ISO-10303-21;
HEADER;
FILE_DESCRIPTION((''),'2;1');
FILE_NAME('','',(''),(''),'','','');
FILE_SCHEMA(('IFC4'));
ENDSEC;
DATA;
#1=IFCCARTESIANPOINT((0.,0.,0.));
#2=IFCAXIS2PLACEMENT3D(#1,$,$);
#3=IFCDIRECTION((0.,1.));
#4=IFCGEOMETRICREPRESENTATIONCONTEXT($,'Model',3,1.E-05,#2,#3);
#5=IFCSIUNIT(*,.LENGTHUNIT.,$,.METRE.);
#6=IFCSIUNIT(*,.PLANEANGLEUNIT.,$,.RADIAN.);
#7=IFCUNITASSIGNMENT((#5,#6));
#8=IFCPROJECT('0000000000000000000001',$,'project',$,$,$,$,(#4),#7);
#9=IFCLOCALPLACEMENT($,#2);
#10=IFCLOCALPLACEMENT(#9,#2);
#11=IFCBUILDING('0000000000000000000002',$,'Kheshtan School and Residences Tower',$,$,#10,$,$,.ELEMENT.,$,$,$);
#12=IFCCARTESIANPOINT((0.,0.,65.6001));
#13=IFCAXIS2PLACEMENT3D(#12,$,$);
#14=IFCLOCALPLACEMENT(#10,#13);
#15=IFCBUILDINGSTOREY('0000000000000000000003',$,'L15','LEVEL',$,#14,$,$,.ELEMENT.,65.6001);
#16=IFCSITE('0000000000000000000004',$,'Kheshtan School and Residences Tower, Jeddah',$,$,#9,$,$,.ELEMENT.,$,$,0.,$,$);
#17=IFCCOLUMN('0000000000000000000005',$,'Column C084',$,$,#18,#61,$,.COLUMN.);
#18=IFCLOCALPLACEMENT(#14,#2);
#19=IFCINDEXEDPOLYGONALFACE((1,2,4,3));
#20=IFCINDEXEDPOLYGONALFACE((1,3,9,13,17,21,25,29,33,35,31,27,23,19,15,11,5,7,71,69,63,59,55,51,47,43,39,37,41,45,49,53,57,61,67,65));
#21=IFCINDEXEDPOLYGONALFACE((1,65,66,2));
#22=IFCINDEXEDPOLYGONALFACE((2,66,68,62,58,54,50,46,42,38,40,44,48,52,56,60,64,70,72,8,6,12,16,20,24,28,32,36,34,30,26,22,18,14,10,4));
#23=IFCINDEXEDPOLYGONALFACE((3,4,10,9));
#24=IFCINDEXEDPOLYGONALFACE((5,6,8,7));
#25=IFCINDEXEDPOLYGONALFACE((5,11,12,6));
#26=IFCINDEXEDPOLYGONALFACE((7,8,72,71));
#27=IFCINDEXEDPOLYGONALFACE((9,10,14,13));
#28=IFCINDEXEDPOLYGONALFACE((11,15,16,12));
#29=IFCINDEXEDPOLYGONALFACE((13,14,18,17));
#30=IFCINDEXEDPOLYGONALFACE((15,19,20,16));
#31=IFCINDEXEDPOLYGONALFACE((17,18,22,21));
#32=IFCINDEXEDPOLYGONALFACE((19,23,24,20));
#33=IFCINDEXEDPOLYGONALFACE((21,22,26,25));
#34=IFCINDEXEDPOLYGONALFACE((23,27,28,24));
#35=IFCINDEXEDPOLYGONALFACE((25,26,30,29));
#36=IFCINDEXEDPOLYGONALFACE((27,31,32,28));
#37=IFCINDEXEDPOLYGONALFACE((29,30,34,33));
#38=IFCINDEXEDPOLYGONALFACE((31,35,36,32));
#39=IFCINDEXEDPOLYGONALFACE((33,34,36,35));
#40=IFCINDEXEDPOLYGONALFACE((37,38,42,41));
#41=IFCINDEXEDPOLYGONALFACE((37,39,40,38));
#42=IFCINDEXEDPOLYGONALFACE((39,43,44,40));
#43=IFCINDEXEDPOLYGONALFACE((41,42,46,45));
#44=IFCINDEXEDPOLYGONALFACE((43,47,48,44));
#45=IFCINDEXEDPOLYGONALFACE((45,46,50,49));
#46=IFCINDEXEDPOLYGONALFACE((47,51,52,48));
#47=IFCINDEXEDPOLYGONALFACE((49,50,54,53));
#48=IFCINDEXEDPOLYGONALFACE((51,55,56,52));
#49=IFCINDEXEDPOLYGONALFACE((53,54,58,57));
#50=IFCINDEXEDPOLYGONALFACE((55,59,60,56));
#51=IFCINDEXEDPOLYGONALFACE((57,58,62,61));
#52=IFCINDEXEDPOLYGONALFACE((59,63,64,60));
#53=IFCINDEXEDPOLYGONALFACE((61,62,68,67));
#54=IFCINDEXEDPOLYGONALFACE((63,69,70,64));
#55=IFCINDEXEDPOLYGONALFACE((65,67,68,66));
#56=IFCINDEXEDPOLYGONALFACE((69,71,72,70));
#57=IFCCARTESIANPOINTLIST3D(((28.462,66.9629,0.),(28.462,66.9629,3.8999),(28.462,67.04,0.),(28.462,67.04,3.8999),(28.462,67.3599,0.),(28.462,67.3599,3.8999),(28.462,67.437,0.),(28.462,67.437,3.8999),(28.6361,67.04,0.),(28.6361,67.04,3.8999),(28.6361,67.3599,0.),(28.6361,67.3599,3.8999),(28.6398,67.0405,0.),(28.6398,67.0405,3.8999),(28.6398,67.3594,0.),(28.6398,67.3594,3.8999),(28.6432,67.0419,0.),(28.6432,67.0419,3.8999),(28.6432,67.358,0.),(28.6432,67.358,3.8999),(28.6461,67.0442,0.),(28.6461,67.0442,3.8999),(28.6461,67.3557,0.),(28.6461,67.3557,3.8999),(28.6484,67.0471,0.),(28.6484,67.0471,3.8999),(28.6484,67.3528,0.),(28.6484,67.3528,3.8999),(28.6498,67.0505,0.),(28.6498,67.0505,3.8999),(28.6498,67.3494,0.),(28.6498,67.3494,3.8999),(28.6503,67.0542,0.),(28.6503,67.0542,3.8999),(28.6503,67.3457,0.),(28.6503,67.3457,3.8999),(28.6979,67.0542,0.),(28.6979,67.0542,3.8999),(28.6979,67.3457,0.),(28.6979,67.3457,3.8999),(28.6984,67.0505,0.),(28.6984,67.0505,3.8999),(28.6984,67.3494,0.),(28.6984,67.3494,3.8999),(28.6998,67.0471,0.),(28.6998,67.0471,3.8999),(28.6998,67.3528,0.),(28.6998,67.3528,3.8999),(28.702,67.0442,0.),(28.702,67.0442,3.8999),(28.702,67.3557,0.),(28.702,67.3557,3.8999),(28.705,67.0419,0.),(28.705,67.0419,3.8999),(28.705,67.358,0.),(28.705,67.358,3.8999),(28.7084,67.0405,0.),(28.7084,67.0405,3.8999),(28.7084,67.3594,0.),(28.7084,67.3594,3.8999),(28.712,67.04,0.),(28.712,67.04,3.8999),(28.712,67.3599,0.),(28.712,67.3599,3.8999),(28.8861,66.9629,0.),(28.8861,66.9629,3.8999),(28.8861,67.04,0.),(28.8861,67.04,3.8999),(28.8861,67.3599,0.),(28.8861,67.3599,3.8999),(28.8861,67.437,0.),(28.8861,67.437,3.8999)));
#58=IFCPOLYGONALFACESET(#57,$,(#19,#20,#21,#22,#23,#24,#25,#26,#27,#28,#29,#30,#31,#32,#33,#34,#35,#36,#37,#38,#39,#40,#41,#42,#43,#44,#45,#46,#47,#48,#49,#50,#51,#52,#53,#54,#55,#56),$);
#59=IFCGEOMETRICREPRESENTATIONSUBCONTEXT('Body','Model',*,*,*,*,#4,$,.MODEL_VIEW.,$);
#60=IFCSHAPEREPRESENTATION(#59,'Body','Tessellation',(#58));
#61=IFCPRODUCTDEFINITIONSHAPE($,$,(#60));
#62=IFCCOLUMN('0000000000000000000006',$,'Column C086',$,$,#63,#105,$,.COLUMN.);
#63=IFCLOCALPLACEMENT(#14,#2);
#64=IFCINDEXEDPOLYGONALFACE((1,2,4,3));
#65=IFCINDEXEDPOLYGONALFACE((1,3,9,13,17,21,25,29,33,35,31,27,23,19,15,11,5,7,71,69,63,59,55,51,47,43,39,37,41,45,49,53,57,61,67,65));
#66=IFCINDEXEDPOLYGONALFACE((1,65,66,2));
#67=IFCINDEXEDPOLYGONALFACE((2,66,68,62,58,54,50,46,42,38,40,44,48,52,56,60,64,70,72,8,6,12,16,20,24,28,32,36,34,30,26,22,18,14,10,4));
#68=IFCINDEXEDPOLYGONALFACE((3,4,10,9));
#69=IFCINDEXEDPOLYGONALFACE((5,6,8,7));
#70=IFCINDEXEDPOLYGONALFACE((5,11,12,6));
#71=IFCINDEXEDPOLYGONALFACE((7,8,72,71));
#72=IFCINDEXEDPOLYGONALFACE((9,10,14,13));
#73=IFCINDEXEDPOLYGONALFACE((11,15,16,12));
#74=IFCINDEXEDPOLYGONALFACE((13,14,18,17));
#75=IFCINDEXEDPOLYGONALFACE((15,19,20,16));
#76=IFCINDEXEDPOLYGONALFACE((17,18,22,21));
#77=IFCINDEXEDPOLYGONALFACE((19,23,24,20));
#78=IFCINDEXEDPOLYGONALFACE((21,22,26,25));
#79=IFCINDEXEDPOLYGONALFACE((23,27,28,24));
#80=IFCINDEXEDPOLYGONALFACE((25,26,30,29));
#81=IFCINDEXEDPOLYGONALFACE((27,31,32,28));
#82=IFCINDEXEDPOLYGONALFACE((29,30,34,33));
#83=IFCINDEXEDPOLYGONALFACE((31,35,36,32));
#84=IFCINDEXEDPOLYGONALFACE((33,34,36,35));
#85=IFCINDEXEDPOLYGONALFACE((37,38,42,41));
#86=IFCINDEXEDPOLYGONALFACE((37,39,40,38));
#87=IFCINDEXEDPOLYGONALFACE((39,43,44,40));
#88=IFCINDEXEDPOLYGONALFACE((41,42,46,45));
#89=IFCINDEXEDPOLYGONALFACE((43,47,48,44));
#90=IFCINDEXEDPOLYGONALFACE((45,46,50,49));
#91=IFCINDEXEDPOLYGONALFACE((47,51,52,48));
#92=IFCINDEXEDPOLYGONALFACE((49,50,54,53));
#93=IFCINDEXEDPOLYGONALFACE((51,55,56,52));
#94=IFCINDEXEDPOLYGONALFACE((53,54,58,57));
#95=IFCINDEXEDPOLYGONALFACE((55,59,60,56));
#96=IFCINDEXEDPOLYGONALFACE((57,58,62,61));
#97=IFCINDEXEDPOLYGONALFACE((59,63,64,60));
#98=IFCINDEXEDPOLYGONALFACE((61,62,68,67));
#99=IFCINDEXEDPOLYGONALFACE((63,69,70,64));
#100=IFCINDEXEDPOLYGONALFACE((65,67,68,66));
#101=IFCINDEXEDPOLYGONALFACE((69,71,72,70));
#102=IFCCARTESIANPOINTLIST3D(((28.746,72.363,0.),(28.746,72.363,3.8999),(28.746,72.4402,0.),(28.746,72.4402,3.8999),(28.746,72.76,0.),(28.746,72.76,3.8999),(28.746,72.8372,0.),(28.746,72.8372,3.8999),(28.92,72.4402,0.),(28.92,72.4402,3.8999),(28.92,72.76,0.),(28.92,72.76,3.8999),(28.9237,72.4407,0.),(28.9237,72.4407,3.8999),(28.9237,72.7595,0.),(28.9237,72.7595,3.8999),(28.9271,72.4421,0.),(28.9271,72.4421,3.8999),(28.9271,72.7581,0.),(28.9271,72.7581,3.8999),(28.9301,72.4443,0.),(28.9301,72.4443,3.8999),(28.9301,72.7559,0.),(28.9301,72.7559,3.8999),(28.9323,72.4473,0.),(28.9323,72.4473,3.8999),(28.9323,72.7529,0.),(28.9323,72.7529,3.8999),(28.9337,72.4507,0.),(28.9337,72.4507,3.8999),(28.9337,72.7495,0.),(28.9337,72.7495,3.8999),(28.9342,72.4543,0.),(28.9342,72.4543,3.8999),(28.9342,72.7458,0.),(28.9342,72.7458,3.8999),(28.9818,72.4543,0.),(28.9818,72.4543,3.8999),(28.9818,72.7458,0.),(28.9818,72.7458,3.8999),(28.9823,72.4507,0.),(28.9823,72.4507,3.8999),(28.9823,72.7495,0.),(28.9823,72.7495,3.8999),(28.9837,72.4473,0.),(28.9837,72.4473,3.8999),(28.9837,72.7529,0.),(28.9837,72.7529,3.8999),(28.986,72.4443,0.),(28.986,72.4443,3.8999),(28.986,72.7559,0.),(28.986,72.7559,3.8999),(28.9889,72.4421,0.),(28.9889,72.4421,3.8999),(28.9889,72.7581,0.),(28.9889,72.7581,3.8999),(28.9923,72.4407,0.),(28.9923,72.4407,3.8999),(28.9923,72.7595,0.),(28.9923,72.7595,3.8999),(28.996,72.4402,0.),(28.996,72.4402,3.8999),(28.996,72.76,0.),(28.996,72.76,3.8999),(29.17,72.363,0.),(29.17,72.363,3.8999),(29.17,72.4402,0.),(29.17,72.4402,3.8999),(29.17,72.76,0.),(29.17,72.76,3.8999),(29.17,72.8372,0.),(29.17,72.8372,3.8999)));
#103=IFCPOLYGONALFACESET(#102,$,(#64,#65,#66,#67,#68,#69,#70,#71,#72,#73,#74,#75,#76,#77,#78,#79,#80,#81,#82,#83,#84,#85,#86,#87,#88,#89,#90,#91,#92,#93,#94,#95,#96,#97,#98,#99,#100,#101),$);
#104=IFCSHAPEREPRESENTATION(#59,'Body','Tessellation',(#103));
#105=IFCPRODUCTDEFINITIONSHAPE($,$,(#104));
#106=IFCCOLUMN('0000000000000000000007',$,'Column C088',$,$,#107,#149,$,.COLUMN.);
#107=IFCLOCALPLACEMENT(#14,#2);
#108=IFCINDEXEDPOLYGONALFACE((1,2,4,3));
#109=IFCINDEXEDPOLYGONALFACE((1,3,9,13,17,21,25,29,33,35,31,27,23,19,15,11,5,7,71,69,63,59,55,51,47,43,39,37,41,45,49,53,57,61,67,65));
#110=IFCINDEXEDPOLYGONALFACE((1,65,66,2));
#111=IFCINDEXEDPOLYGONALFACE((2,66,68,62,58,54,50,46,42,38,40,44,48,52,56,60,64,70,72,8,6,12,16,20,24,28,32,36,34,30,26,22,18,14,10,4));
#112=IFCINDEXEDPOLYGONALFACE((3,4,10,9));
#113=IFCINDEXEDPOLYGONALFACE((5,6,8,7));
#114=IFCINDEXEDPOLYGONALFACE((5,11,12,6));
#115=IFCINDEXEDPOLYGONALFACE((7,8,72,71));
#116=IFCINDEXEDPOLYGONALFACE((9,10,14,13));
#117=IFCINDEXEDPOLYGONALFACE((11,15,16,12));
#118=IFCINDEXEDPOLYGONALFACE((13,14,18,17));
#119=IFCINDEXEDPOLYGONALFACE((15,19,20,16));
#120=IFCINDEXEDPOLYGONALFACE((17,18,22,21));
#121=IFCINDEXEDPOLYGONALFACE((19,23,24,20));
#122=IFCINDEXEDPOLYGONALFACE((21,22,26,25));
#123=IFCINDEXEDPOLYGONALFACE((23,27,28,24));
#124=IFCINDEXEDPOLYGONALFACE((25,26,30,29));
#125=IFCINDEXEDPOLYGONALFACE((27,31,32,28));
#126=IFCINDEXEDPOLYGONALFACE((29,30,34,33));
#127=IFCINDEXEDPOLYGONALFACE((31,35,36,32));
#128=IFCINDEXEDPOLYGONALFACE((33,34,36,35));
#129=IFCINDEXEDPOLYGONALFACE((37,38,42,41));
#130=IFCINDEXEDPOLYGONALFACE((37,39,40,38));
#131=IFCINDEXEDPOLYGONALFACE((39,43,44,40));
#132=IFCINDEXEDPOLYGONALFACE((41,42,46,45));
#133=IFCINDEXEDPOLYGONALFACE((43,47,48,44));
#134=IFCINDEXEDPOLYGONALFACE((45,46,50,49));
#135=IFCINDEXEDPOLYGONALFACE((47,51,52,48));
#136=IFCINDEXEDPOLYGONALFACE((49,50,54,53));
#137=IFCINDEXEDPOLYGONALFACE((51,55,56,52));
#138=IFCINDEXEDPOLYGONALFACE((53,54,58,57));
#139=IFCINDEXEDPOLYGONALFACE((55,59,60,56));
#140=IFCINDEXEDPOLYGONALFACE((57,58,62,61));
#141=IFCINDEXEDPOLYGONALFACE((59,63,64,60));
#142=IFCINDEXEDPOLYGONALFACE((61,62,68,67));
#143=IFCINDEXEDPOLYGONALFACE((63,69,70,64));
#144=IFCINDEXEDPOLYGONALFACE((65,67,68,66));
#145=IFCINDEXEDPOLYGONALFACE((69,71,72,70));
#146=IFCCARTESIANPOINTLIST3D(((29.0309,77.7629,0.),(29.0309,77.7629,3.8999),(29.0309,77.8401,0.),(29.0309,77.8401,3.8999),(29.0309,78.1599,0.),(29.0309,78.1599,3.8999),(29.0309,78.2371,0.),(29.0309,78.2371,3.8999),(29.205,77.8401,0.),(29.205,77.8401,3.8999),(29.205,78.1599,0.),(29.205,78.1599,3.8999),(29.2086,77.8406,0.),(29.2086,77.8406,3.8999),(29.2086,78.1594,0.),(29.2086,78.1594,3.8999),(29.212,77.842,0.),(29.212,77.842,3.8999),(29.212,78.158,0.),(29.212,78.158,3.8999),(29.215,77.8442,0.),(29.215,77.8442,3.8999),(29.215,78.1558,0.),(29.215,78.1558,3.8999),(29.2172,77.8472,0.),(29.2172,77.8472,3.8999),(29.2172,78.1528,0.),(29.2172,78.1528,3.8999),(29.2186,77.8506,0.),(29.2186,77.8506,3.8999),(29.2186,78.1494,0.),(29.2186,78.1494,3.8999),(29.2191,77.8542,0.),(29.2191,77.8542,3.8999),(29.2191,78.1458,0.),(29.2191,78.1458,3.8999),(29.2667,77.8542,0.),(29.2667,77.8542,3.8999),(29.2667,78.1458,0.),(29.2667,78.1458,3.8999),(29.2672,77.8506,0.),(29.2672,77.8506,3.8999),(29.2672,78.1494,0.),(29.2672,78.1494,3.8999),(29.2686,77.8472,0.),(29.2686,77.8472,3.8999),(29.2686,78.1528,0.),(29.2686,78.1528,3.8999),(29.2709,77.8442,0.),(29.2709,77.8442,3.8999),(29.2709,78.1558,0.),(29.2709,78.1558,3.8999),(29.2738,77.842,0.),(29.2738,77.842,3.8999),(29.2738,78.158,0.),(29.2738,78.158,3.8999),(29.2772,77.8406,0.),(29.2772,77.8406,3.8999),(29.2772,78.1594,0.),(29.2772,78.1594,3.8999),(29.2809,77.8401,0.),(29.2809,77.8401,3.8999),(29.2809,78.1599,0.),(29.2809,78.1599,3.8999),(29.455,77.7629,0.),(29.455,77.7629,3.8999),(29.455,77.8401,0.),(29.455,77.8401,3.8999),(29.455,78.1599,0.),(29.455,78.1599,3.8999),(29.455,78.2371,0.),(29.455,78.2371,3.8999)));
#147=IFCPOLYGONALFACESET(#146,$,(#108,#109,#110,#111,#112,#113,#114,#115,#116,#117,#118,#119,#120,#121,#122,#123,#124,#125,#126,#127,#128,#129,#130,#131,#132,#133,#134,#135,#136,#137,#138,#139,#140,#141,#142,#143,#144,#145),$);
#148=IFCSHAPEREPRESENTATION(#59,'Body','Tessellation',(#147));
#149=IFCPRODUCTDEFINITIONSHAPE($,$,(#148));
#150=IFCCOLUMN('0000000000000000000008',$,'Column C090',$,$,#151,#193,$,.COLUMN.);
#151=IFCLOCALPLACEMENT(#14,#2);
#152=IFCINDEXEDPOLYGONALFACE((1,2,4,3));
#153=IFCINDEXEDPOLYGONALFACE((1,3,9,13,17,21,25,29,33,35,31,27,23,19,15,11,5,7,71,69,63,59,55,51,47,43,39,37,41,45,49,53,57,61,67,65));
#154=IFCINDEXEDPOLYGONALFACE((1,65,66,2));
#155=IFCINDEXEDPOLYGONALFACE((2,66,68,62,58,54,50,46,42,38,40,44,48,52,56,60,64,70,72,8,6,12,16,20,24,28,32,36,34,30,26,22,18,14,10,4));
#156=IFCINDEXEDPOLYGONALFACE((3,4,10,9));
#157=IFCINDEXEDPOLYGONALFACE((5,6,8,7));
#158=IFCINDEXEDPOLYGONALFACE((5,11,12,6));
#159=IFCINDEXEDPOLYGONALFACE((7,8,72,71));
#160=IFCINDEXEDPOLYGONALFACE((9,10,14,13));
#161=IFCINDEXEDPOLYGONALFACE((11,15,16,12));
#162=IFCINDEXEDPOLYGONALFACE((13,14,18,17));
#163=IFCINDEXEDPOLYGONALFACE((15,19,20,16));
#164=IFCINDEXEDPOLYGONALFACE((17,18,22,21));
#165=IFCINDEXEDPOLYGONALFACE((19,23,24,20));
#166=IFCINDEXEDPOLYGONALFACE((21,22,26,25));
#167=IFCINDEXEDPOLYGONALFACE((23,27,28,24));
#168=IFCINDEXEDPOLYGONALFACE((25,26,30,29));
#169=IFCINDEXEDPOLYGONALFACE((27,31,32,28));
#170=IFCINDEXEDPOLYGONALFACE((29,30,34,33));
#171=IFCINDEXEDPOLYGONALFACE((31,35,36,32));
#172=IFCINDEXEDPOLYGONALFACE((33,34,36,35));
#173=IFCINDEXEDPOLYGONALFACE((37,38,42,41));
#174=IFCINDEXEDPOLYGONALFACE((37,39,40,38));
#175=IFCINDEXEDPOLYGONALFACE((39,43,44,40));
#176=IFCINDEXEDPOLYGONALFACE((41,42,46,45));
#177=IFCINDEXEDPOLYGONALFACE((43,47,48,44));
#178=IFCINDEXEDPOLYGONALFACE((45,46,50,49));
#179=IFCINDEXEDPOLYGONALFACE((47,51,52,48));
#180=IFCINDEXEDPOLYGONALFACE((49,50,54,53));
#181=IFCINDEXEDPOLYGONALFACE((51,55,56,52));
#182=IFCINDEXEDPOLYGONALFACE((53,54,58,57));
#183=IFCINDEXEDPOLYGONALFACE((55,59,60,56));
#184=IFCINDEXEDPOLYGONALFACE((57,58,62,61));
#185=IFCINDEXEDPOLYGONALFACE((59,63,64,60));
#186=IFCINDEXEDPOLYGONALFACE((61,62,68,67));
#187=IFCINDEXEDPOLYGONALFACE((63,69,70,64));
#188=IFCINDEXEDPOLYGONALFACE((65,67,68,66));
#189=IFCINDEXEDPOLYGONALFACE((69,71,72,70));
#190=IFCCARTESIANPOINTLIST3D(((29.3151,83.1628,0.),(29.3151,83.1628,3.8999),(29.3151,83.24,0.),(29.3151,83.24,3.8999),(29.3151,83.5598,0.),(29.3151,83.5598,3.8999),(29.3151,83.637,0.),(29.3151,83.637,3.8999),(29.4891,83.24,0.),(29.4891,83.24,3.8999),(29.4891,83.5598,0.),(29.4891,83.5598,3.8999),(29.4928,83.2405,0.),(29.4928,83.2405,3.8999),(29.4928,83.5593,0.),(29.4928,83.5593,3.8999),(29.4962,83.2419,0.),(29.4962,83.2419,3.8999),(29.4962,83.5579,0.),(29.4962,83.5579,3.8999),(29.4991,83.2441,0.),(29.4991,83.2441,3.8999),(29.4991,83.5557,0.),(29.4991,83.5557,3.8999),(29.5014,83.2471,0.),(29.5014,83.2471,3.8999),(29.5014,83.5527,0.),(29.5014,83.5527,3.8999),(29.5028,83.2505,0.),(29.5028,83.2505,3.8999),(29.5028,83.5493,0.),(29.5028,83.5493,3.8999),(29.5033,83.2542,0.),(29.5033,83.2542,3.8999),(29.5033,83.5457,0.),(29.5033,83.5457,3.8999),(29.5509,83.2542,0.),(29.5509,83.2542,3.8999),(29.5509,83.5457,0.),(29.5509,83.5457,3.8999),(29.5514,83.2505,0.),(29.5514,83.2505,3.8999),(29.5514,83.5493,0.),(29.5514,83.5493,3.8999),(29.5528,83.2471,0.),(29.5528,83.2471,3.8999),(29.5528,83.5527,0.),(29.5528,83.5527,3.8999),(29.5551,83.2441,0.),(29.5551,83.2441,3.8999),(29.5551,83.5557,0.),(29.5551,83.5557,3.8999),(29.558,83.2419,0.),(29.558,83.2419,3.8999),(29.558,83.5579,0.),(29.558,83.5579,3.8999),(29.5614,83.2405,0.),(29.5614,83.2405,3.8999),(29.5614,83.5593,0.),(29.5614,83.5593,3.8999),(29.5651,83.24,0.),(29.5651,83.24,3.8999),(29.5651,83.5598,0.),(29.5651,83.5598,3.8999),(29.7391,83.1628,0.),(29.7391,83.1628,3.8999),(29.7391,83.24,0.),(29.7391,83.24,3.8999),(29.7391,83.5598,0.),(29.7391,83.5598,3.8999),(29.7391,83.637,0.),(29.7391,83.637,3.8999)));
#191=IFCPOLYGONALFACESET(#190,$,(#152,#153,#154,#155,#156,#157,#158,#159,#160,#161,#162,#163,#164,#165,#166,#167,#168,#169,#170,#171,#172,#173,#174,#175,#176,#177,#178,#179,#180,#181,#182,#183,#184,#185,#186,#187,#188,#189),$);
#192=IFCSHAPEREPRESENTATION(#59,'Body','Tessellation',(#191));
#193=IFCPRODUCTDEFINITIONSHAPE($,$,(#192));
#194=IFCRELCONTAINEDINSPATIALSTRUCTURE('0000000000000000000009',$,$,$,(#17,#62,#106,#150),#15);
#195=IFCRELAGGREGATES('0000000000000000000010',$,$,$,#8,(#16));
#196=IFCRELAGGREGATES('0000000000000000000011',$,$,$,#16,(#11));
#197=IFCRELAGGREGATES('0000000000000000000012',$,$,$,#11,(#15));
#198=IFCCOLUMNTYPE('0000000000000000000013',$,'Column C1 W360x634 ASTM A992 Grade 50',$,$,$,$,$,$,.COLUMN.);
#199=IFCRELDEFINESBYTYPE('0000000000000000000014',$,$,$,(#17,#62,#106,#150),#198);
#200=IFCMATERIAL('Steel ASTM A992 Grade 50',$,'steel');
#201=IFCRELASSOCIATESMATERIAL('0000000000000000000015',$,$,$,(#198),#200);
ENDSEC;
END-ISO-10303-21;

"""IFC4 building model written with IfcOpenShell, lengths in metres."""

from ifc_helpers import new_model, si_unit, direction, frame, origin, origin_2d, place, context, subcontext, project, spatial, i_section, extrude, material, material_profile, profile_set, type_object, element, save


model = new_model("IFC4")

# Units and contexts
model_context = context("Model", 3, precision=1e-05, world=origin(), true_north=direction((0.0, 1.0)))
body_context = subcontext(model_context, "Body", "Model", "MODEL_VIEW")
ifc_project = project(units=[si_unit("LENGTHUNIT", "METRE"), si_unit("PLANEANGLEUNIT", "RADIAN")], contexts=[model_context])

# Site, building, storey
site_placement = place(None, origin())
site = spatial("IfcSite", under=ifc_project, at=site_placement, Name="Kheshtan School and Residences Tower, Jeddah", CompositionType="ELEMENT", RefElevation=0.0)
building_placement = place(site_placement, origin())
building = spatial("IfcBuilding", under=site, at=building_placement, Name="Kheshtan School and Residences Tower", CompositionType="ELEMENT")
storey_placement = place(building_placement, frame((0.0, 0.0, 65.6001)))
storey = spatial("IfcBuildingStorey", under=building, at=storey_placement, Name="L15", Description="LEVEL", CompositionType="ELEMENT", Elevation=65.6001)

# Columns
ifc_material_1 = material(Name="Steel ASTM A992 Grade 50", Category="steel")
ifc_material_profile_1 = material_profile(ifc_material_1, i_section(OverallWidth=0.4241, OverallDepth=0.4741, WebThickness=0.0476, FlangeThickness=0.0771, FilletRadius=0.0142, at=origin_2d()), Name="W360x634")
ifc_profile_set_1 = profile_set([ifc_material_profile_1], Name="Steel ASTM A992 Grade 50")
column_type = type_object("IfcColumnType", Name="Column C1 W360x634 ASTM A992 Grade 50", PredefinedType="COLUMN", material=ifc_profile_set_1)
for number, where, z_axis, x_axis, name in (
    (1, (28.6741, 67.2, 0.0), (0.0, 0.0, 1.0), (1.0, 0.0, 0.0), "Column C084"),
    (2, (28.958, 72.6001, 0.0), (0.0, 0.0, 1.0), (1.0, 0.0, 0.0), "Column C086"),
    (3, (29.2429, 78.0, 0.0), (0.0, 0.0, 1.0), (1.0, 0.0, 0.0), "Column C088"),
    (4, (29.5271, 83.3999, 0.0), (0.0, 0.0, 1.0), (1.0, 0.0, 0.0), "Column C090"),
):
    element("IfcColumn", number, at=place(storey_placement, frame(where, z_axis=z_axis, x_axis=x_axis)), inside=storey, type_object=column_type, Name=name, PredefinedType="COLUMN", context=body_context, shape_type="SweptSolid", body=[
        extrude(i_section(OverallWidth=0.4241, OverallDepth=0.4741, WebThickness=0.0476, FlangeThickness=0.0771, FilletRadius=0.0142, at=origin_2d()), origin(), (0.0, 0.0, 1.0), 3.8999),
    ])

save(model, "model.ifc")
